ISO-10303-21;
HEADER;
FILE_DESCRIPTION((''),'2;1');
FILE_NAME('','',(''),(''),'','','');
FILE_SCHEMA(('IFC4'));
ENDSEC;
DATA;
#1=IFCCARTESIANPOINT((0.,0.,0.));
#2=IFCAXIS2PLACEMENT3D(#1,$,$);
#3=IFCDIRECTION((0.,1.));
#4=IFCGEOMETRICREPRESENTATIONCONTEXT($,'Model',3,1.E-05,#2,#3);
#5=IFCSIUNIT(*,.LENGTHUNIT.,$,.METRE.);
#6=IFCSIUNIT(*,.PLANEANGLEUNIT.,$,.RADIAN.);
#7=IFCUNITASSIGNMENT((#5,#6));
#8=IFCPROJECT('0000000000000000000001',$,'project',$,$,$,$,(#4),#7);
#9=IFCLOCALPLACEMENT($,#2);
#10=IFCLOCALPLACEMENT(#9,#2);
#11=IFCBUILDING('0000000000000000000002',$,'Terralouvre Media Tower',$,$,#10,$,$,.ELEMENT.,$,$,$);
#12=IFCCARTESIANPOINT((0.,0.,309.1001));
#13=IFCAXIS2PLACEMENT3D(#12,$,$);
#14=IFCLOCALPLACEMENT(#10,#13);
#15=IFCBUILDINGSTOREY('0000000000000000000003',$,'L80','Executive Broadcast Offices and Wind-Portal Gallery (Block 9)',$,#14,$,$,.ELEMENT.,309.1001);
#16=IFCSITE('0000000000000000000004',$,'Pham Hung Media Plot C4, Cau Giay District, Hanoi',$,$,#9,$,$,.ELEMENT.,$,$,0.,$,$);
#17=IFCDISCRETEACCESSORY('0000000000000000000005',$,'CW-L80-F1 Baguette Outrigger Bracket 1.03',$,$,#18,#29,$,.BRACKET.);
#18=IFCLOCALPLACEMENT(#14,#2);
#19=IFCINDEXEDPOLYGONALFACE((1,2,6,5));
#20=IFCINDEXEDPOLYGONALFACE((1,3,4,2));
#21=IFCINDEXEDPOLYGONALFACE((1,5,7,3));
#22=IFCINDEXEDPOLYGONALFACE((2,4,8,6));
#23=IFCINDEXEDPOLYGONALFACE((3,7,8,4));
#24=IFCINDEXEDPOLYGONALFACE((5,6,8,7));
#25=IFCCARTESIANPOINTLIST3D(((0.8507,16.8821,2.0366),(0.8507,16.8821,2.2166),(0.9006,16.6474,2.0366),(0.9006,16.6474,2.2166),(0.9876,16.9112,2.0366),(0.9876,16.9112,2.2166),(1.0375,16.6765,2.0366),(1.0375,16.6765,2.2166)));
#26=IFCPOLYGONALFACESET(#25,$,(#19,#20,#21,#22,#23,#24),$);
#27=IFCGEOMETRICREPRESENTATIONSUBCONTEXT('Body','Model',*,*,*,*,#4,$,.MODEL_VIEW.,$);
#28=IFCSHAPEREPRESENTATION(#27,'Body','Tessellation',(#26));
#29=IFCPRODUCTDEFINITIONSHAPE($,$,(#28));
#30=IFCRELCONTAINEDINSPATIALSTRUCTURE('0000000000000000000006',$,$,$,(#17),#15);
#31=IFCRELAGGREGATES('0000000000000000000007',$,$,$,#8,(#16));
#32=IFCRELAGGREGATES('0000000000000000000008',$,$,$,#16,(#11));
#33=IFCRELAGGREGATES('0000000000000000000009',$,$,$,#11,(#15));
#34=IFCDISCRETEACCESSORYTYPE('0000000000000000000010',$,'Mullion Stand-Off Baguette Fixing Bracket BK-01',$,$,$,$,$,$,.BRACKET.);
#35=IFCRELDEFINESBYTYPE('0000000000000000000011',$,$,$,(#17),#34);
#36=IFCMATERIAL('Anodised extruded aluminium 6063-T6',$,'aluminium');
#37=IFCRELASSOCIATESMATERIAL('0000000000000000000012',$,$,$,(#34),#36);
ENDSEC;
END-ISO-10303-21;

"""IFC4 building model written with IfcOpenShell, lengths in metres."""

from ifc_helpers import new_model, si_unit, direction, frame, origin, origin_2d, place, context, subcontext, project, spatial, rectangle, extrude, material, type_object, element, save


model = new_model("IFC4")

# Units and contexts
model_context = context("Model", 3, precision=1e-05, world=origin(), true_north=direction((0.0, 1.0)))
body_context = subcontext(model_context, "Body", "Model", "MODEL_VIEW")
ifc_project = project(units=[si_unit("LENGTHUNIT", "METRE"), si_unit("PLANEANGLEUNIT", "RADIAN")], contexts=[model_context])

# Site, building, storey
site_placement = place(None, origin())
site = spatial("IfcSite", under=ifc_project, at=site_placement, Name="Pham Hung Media Plot C4, Cau Giay District, Hanoi", CompositionType="ELEMENT", RefElevation=0.0)
building_placement = place(site_placement, origin())
building = spatial("IfcBuilding", under=site, at=building_placement, Name="Terralouvre Media Tower", CompositionType="ELEMENT")
storey_placement = place(building_placement, frame((0.0, 0.0, 309.1001)))
storey = spatial("IfcBuildingStorey", under=building, at=storey_placement, Name="L80", Description="Executive Broadcast Offices and Wind-Portal Gallery (Block 9)", CompositionType="ELEMENT", Elevation=309.1001)

# Discrete accessory
ifc_material_1 = material(Name="Anodised extruded aluminium 6063-T6", Category="aluminium")
discrete_accessory_type = type_object("IfcDiscreteAccessoryType", Name="Mullion Stand-Off Baguette Fixing Bracket BK-01", PredefinedType="BRACKET", material=ifc_material_1)
for number, where, z_axis, x_axis, name in (
    (1, (0.9441, 16.7793, 2.0366), (0.0, 0.0, 1.0), (-0.978148, -0.207912, 0.0), "CW-L80-F1 Baguette Outrigger Bracket 1.03"),
):
    element("IfcDiscreteAccessory", number, at=place(storey_placement, frame(where, z_axis=z_axis, x_axis=x_axis)), inside=storey, type_object=discrete_accessory_type, Name=name, PredefinedType="BRACKET", context=body_context, shape_type="SweptSolid", body=[
        extrude(rectangle(XDim=0.1399, YDim=0.24, at=origin_2d()), origin(), (0.0, 0.0, 1.0), 0.1799),
    ])

save(model, "model.ifc")
